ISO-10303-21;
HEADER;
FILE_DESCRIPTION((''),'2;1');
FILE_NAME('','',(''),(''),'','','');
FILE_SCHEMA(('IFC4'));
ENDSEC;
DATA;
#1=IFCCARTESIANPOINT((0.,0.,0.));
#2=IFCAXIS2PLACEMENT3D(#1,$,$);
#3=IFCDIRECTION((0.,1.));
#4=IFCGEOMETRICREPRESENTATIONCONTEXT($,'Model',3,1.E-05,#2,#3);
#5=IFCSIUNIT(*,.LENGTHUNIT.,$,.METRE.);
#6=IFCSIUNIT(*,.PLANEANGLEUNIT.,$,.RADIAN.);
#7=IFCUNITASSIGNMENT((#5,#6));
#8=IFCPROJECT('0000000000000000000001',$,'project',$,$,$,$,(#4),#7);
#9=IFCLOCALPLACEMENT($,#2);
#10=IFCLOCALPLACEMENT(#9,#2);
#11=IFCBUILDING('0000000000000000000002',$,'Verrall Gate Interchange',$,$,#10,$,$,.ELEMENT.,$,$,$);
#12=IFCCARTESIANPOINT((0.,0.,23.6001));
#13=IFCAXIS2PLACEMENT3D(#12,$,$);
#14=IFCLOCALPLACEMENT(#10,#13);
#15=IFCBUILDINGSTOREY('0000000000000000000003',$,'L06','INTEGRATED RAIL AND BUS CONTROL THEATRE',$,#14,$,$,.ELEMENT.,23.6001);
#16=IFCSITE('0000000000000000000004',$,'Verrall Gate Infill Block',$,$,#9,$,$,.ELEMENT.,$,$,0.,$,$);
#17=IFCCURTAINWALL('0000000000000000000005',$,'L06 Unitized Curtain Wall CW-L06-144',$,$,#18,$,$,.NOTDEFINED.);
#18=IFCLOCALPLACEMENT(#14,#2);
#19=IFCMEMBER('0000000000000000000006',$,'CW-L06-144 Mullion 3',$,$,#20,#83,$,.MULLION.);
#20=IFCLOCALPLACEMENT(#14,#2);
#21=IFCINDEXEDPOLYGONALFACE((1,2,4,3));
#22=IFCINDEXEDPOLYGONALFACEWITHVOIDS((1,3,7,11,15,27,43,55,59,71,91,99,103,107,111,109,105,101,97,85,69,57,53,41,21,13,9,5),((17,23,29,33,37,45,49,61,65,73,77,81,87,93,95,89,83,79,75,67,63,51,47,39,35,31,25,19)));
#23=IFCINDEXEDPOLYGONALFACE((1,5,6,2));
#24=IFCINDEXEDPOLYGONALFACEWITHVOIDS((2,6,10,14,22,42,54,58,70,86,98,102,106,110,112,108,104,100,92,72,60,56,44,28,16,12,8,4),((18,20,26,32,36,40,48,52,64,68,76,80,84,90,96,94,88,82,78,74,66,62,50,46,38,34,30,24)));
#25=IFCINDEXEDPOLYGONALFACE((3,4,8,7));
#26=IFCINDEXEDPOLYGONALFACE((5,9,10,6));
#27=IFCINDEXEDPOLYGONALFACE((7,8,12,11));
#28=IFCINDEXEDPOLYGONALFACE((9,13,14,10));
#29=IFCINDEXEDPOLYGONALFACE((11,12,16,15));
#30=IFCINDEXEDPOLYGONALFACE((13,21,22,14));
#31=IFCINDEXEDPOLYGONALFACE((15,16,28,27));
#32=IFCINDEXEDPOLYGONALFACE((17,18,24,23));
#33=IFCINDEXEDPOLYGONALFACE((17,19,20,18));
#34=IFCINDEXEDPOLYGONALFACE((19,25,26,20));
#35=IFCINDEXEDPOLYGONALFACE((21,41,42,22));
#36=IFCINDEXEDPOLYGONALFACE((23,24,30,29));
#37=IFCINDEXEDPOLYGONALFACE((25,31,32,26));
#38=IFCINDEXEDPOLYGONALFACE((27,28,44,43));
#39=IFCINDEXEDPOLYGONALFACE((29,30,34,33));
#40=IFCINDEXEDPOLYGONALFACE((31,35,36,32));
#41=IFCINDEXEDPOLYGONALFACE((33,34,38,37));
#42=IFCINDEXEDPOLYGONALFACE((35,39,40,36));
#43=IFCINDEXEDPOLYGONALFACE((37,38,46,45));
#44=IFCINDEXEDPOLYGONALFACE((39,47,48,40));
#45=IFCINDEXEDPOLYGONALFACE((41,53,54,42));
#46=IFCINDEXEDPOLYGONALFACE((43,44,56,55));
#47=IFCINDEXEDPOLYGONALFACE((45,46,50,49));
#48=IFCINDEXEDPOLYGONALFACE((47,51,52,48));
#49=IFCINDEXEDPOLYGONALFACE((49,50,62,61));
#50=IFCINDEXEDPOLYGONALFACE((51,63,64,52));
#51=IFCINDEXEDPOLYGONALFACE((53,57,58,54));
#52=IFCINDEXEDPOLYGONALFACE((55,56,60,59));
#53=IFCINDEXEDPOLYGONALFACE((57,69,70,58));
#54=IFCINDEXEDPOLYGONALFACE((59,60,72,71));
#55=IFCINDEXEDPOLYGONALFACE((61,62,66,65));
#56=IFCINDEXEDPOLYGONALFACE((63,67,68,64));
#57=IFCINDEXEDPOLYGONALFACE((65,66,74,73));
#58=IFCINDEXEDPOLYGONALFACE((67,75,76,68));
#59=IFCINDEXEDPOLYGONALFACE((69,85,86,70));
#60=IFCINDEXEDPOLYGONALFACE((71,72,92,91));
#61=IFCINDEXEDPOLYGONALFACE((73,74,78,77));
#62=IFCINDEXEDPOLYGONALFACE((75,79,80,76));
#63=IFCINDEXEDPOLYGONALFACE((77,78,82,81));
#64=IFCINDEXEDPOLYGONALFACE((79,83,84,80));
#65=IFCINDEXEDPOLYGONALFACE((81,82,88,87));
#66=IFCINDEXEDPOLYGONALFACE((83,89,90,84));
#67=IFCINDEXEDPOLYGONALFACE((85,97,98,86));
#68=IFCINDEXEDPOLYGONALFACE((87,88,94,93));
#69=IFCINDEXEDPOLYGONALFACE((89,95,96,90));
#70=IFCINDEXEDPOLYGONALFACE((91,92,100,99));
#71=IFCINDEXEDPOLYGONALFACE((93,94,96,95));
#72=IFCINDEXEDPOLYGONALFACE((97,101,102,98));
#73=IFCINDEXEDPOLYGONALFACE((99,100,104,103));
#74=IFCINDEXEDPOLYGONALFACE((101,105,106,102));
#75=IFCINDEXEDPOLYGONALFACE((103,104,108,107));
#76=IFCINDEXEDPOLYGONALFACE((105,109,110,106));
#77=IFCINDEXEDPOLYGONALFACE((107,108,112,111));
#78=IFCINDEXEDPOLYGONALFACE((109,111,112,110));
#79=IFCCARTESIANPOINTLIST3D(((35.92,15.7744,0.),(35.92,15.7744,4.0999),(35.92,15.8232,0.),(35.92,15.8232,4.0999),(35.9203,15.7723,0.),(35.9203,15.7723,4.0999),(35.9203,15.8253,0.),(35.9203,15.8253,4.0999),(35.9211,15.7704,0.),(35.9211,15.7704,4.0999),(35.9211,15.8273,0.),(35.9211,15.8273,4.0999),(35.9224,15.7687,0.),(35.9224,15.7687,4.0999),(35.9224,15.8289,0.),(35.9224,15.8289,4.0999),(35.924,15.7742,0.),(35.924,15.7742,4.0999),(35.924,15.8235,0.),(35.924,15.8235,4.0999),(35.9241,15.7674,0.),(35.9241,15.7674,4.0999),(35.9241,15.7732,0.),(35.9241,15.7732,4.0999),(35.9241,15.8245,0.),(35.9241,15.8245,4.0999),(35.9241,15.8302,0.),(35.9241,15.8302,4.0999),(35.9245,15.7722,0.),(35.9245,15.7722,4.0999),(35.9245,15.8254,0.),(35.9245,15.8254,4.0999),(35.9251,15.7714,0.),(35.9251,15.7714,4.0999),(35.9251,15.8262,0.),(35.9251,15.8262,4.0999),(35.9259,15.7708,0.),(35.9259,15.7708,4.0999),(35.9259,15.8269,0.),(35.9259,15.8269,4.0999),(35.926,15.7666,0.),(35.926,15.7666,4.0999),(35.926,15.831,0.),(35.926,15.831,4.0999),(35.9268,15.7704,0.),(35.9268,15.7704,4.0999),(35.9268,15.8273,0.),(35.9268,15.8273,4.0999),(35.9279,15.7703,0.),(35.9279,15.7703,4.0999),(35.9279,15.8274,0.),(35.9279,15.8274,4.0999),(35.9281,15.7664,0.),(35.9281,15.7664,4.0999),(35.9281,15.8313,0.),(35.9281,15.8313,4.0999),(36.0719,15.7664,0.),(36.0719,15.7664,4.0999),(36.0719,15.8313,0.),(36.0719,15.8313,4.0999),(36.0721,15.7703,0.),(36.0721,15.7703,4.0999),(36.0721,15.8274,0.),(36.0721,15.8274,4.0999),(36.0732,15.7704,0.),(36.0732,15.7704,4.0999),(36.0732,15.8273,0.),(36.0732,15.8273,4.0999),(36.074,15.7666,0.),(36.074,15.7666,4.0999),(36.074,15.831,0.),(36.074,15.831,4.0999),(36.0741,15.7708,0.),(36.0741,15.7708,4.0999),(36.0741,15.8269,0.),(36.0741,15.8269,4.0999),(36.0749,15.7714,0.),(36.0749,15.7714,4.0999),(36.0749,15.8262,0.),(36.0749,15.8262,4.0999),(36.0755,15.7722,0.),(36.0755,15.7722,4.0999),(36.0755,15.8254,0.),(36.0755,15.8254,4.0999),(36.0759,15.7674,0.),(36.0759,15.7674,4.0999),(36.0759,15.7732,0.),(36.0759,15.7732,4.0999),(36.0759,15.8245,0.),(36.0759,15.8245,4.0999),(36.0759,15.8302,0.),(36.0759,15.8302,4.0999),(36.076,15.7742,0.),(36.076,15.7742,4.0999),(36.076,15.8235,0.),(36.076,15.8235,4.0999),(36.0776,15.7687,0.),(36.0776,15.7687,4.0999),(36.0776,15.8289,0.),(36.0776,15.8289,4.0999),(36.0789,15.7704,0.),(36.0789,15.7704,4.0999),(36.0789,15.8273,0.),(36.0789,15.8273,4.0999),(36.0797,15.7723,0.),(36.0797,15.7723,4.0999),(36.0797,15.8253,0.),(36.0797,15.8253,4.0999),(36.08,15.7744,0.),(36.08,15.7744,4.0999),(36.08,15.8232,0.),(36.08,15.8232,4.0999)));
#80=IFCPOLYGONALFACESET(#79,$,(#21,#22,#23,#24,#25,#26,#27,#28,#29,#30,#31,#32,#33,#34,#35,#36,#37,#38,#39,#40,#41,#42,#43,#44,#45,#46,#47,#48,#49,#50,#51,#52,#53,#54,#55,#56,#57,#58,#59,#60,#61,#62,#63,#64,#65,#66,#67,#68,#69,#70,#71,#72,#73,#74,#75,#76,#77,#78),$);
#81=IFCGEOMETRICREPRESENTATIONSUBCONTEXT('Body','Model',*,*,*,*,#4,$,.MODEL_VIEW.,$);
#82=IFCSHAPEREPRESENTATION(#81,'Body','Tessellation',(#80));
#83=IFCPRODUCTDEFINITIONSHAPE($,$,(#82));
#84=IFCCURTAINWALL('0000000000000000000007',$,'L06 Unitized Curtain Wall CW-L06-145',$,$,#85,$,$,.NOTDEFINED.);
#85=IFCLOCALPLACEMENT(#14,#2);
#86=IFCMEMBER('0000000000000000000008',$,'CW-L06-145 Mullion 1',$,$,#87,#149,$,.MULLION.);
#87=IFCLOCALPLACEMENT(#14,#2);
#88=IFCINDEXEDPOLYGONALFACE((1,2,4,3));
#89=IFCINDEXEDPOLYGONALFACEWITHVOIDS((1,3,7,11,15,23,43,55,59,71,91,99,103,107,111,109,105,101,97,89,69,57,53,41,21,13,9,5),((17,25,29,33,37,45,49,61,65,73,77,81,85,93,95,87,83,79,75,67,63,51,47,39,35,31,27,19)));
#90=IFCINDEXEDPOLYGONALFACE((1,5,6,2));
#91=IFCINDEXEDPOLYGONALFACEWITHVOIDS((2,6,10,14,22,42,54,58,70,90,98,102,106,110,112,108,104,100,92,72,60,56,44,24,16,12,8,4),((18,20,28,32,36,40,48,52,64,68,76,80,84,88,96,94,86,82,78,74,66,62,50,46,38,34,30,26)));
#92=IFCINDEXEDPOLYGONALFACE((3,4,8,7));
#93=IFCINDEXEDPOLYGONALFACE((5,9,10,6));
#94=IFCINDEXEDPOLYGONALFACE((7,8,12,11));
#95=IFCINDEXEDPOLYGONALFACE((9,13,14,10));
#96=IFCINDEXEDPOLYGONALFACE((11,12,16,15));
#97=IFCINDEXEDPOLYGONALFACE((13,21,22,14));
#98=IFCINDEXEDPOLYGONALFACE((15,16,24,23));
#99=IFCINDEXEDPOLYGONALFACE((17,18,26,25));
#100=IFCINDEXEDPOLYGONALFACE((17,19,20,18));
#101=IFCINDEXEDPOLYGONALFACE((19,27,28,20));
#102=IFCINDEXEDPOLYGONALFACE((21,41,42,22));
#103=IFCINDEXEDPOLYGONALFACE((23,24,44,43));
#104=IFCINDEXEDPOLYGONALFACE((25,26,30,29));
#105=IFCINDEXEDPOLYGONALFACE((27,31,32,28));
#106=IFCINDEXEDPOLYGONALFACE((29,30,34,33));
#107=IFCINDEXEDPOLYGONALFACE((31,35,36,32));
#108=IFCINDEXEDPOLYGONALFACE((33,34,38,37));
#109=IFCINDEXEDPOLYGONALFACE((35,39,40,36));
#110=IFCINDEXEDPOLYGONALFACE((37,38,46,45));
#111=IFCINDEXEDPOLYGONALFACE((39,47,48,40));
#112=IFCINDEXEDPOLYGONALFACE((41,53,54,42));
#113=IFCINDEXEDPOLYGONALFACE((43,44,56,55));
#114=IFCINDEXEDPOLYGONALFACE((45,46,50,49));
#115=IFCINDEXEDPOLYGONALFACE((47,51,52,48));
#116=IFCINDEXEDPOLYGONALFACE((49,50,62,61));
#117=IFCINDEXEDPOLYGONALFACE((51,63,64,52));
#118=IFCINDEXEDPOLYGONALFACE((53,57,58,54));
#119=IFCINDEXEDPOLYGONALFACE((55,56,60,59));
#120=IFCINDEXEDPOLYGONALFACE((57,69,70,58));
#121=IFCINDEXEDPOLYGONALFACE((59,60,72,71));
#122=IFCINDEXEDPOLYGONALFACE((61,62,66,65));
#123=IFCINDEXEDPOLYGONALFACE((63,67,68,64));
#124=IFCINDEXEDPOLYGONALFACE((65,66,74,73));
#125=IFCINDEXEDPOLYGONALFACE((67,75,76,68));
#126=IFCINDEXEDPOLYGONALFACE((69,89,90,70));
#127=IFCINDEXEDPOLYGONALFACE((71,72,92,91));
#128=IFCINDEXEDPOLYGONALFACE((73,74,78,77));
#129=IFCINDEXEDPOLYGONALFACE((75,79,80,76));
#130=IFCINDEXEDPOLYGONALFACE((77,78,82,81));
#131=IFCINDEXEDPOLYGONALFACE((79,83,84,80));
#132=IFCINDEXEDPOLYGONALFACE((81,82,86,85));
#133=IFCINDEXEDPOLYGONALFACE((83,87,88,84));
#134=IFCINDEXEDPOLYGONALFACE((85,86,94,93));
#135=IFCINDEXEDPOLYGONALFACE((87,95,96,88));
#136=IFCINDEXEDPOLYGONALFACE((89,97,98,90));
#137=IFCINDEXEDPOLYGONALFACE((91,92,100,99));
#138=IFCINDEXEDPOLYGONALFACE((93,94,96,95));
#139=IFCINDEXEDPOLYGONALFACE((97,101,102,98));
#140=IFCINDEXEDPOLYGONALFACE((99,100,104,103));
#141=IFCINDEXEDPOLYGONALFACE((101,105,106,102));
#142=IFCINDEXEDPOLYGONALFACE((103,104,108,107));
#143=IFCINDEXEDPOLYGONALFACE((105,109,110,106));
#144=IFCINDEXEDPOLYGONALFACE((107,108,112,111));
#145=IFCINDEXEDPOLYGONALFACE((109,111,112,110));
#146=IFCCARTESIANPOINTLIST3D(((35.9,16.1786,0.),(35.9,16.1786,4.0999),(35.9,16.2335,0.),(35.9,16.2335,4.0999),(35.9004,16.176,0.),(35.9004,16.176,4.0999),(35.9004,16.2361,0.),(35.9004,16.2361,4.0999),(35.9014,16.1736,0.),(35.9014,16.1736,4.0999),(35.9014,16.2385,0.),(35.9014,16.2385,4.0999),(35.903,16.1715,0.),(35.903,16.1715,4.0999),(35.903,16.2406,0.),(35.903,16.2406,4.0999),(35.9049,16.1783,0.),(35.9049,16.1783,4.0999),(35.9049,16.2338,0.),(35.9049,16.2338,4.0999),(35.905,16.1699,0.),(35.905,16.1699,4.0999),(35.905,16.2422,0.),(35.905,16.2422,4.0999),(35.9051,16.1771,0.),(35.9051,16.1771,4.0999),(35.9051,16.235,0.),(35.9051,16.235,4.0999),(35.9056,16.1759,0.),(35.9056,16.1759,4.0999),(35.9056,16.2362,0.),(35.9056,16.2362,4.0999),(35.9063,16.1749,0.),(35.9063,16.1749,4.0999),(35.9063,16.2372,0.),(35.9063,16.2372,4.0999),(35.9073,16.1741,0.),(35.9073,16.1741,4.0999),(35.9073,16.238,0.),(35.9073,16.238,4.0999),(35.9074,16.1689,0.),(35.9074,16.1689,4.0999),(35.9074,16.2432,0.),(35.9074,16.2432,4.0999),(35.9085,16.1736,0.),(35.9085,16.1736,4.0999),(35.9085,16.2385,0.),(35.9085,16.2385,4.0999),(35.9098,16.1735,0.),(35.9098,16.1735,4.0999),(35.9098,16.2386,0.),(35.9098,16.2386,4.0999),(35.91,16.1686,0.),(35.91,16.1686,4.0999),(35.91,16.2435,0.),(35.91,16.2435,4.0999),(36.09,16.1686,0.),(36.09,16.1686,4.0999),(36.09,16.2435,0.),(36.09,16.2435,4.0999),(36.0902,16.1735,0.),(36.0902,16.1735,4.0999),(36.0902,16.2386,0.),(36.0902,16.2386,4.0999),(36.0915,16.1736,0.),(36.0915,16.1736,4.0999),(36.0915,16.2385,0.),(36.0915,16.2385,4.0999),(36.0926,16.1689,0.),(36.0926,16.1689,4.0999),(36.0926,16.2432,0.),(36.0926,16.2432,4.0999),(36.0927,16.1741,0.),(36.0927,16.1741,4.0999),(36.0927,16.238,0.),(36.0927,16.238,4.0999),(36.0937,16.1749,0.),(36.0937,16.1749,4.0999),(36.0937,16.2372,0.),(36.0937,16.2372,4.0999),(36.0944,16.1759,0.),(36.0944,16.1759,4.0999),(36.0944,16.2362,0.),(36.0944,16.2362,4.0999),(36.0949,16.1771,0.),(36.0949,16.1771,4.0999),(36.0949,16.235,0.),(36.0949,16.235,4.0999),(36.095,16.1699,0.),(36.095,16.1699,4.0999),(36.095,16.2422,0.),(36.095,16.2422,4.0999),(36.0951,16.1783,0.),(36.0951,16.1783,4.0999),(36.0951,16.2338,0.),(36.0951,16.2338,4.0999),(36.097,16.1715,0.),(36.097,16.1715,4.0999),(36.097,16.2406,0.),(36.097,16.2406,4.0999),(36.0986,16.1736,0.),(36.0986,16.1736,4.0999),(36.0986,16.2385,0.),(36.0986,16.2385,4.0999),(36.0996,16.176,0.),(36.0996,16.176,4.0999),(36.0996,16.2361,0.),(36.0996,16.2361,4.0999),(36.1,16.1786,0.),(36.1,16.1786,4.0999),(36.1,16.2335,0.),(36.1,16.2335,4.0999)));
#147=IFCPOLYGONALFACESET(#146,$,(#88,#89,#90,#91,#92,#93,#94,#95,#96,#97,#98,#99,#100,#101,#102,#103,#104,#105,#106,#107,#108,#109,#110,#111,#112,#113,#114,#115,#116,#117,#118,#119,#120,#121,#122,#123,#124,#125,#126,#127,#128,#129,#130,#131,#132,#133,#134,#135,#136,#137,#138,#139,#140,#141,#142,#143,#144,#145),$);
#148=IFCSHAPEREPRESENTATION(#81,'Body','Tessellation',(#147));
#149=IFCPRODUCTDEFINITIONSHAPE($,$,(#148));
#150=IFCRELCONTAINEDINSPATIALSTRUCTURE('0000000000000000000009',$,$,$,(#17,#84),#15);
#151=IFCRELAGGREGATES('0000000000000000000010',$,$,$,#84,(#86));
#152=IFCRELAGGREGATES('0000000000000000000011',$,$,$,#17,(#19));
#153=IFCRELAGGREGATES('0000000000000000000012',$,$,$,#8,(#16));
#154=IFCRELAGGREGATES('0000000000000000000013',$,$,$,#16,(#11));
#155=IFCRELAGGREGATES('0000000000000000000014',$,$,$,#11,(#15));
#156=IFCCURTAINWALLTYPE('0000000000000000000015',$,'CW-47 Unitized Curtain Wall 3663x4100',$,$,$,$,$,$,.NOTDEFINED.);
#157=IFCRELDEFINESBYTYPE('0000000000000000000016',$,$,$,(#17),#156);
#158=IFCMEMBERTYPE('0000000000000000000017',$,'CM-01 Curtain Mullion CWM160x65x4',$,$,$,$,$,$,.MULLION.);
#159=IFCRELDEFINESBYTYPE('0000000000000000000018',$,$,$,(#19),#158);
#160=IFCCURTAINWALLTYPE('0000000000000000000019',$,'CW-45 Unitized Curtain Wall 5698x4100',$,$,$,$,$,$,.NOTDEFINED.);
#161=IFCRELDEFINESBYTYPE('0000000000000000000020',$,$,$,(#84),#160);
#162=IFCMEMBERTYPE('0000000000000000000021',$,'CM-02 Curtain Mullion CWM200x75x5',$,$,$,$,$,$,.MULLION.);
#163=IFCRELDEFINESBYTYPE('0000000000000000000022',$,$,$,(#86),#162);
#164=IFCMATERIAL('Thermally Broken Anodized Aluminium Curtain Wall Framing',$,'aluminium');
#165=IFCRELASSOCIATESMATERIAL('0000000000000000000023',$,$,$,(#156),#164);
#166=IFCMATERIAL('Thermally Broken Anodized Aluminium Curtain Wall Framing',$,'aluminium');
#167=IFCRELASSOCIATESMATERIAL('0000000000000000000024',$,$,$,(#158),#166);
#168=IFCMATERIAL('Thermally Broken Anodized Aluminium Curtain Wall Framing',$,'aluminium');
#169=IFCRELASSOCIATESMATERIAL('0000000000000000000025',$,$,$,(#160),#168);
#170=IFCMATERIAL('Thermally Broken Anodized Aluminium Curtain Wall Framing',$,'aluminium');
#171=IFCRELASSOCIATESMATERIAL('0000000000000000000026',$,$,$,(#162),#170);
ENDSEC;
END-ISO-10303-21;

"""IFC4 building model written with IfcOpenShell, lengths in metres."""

from ifc_helpers import new_model, si_unit, direction, frame, origin, origin_2d, place, context, subcontext, project, spatial, hollow_rectangle, extrude, material, material_profile, profile_set, type_object, element, aggregate, save


model = new_model("IFC4")

# Units and contexts
model_context = context("Model", 3, precision=1e-05, world=origin(), true_north=direction((0.0, 1.0)))
body_context = subcontext(model_context, "Body", "Model", "MODEL_VIEW")
ifc_project = project(units=[si_unit("LENGTHUNIT", "METRE"), si_unit("PLANEANGLEUNIT", "RADIAN")], contexts=[model_context])

# Site, building, storey
site_placement = place(None, origin())
site = spatial("IfcSite", under=ifc_project, at=site_placement, Name="Verrall Gate Infill Block", CompositionType="ELEMENT", RefElevation=0.0)
building_placement = place(site_placement, origin())
building = spatial("IfcBuilding", under=site, at=building_placement, Name="Verrall Gate Interchange", CompositionType="ELEMENT")
storey_placement = place(building_placement, frame((0.0, 0.0, 23.6001)))
storey = spatial("IfcBuildingStorey", under=building, at=storey_placement, Name="L06", Description="INTEGRATED RAIL AND BUS CONTROL THEATRE", CompositionType="ELEMENT", Elevation=23.6001)

# Curtain wall, member
ifc_material_1 = material(Name="Thermally Broken Anodized Aluminium Curtain Wall Framing", Category="aluminium")
curtain_wall_type_1 = type_object("IfcCurtainWallType", Name="CW-47 Unitized Curtain Wall 3663x4100", PredefinedType="NOTDEFINED", material=ifc_material_1)
curtain_wall_1_placement = place(storey_placement, origin())
curtain_wall_1 = element("IfcCurtainWall", 1, at=curtain_wall_1_placement, inside=storey, type_object=curtain_wall_type_1, Name="L06 Unitized Curtain Wall CW-L06-144", PredefinedType="NOTDEFINED")
ifc_material_2 = material(Name="Thermally Broken Anodized Aluminium Curtain Wall Framing", Category="aluminium")
ifc_material_profile_1 = material_profile(ifc_material_2, hollow_rectangle(XDim=0.0649, YDim=0.1599, WallThickness=0.0039, InnerFilletRadius=0.0039, OuterFilletRadius=0.0081, at=origin_2d()), Name="CWM160x65x4")
ifc_profile_set_1 = profile_set([ifc_material_profile_1], Name="Thermally Broken Anodized Aluminium Curtain Wall Framing")
member_type_1 = type_object("IfcMemberType", Name="CM-01 Curtain Mullion CWM160x65x4", PredefinedType="MULLION", material=ifc_profile_set_1)
member_1_placement = place(storey_placement, frame((36.0, 15.7988, 0.0), z_axis=(0.0, 0.0, 1.0), x_axis=(0.0, 1.0, 0.0)))
member_1 = element("IfcMember", 2, at=member_1_placement, type_object=member_type_1, Name="CW-L06-144 Mullion 3", PredefinedType="MULLION", context=body_context, shape_type="SweptSolid", body=[
    extrude(hollow_rectangle(XDim=0.0649, YDim=0.1599, WallThickness=0.0039, InnerFilletRadius=0.0039, OuterFilletRadius=0.0081, at=origin_2d()), origin(), (0.0, 0.0, 1.0), 4.0999),
])

# Curtain wall, member
ifc_material_3 = material(Name="Thermally Broken Anodized Aluminium Curtain Wall Framing", Category="aluminium")
curtain_wall_type_2 = type_object("IfcCurtainWallType", Name="CW-45 Unitized Curtain Wall 5698x4100", PredefinedType="NOTDEFINED", material=ifc_material_3)
curtain_wall_2_placement = place(storey_placement, origin())
curtain_wall_2 = element("IfcCurtainWall", 3, at=curtain_wall_2_placement, inside=storey, type_object=curtain_wall_type_2, Name="L06 Unitized Curtain Wall CW-L06-145", PredefinedType="NOTDEFINED")
ifc_material_4 = material(Name="Thermally Broken Anodized Aluminium Curtain Wall Framing", Category="aluminium")
ifc_material_profile_2 = material_profile(ifc_material_4, hollow_rectangle(XDim=0.075, YDim=0.2, WallThickness=0.0049, InnerFilletRadius=0.0049, OuterFilletRadius=0.01, at=origin_2d()), Name="CWM200x75x5")
ifc_profile_set_2 = profile_set([ifc_material_profile_2], Name="Thermally Broken Anodized Aluminium Curtain Wall Framing")
member_type_2 = type_object("IfcMemberType", Name="CM-02 Curtain Mullion CWM200x75x5", PredefinedType="MULLION", material=ifc_profile_set_2)
member_2_placement = place(storey_placement, frame((36.0, 16.2061, 0.0), z_axis=(0.0, 0.0, 1.0), x_axis=(0.0, 1.0, 0.0)))
member_2 = element("IfcMember", 4, at=member_2_placement, type_object=member_type_2, Name="CW-L06-145 Mullion 1", PredefinedType="MULLION", context=body_context, shape_type="SweptSolid", body=[
    extrude(hollow_rectangle(XDim=0.075, YDim=0.2, WallThickness=0.0049, InnerFilletRadius=0.0049, OuterFilletRadius=0.01, at=origin_2d()), origin(), (0.0, 0.0, 1.0), 4.0999),
])

aggregate(curtain_wall_2, [member_2])

aggregate(curtain_wall_1, [member_1])

save(model, "model.ifc")
